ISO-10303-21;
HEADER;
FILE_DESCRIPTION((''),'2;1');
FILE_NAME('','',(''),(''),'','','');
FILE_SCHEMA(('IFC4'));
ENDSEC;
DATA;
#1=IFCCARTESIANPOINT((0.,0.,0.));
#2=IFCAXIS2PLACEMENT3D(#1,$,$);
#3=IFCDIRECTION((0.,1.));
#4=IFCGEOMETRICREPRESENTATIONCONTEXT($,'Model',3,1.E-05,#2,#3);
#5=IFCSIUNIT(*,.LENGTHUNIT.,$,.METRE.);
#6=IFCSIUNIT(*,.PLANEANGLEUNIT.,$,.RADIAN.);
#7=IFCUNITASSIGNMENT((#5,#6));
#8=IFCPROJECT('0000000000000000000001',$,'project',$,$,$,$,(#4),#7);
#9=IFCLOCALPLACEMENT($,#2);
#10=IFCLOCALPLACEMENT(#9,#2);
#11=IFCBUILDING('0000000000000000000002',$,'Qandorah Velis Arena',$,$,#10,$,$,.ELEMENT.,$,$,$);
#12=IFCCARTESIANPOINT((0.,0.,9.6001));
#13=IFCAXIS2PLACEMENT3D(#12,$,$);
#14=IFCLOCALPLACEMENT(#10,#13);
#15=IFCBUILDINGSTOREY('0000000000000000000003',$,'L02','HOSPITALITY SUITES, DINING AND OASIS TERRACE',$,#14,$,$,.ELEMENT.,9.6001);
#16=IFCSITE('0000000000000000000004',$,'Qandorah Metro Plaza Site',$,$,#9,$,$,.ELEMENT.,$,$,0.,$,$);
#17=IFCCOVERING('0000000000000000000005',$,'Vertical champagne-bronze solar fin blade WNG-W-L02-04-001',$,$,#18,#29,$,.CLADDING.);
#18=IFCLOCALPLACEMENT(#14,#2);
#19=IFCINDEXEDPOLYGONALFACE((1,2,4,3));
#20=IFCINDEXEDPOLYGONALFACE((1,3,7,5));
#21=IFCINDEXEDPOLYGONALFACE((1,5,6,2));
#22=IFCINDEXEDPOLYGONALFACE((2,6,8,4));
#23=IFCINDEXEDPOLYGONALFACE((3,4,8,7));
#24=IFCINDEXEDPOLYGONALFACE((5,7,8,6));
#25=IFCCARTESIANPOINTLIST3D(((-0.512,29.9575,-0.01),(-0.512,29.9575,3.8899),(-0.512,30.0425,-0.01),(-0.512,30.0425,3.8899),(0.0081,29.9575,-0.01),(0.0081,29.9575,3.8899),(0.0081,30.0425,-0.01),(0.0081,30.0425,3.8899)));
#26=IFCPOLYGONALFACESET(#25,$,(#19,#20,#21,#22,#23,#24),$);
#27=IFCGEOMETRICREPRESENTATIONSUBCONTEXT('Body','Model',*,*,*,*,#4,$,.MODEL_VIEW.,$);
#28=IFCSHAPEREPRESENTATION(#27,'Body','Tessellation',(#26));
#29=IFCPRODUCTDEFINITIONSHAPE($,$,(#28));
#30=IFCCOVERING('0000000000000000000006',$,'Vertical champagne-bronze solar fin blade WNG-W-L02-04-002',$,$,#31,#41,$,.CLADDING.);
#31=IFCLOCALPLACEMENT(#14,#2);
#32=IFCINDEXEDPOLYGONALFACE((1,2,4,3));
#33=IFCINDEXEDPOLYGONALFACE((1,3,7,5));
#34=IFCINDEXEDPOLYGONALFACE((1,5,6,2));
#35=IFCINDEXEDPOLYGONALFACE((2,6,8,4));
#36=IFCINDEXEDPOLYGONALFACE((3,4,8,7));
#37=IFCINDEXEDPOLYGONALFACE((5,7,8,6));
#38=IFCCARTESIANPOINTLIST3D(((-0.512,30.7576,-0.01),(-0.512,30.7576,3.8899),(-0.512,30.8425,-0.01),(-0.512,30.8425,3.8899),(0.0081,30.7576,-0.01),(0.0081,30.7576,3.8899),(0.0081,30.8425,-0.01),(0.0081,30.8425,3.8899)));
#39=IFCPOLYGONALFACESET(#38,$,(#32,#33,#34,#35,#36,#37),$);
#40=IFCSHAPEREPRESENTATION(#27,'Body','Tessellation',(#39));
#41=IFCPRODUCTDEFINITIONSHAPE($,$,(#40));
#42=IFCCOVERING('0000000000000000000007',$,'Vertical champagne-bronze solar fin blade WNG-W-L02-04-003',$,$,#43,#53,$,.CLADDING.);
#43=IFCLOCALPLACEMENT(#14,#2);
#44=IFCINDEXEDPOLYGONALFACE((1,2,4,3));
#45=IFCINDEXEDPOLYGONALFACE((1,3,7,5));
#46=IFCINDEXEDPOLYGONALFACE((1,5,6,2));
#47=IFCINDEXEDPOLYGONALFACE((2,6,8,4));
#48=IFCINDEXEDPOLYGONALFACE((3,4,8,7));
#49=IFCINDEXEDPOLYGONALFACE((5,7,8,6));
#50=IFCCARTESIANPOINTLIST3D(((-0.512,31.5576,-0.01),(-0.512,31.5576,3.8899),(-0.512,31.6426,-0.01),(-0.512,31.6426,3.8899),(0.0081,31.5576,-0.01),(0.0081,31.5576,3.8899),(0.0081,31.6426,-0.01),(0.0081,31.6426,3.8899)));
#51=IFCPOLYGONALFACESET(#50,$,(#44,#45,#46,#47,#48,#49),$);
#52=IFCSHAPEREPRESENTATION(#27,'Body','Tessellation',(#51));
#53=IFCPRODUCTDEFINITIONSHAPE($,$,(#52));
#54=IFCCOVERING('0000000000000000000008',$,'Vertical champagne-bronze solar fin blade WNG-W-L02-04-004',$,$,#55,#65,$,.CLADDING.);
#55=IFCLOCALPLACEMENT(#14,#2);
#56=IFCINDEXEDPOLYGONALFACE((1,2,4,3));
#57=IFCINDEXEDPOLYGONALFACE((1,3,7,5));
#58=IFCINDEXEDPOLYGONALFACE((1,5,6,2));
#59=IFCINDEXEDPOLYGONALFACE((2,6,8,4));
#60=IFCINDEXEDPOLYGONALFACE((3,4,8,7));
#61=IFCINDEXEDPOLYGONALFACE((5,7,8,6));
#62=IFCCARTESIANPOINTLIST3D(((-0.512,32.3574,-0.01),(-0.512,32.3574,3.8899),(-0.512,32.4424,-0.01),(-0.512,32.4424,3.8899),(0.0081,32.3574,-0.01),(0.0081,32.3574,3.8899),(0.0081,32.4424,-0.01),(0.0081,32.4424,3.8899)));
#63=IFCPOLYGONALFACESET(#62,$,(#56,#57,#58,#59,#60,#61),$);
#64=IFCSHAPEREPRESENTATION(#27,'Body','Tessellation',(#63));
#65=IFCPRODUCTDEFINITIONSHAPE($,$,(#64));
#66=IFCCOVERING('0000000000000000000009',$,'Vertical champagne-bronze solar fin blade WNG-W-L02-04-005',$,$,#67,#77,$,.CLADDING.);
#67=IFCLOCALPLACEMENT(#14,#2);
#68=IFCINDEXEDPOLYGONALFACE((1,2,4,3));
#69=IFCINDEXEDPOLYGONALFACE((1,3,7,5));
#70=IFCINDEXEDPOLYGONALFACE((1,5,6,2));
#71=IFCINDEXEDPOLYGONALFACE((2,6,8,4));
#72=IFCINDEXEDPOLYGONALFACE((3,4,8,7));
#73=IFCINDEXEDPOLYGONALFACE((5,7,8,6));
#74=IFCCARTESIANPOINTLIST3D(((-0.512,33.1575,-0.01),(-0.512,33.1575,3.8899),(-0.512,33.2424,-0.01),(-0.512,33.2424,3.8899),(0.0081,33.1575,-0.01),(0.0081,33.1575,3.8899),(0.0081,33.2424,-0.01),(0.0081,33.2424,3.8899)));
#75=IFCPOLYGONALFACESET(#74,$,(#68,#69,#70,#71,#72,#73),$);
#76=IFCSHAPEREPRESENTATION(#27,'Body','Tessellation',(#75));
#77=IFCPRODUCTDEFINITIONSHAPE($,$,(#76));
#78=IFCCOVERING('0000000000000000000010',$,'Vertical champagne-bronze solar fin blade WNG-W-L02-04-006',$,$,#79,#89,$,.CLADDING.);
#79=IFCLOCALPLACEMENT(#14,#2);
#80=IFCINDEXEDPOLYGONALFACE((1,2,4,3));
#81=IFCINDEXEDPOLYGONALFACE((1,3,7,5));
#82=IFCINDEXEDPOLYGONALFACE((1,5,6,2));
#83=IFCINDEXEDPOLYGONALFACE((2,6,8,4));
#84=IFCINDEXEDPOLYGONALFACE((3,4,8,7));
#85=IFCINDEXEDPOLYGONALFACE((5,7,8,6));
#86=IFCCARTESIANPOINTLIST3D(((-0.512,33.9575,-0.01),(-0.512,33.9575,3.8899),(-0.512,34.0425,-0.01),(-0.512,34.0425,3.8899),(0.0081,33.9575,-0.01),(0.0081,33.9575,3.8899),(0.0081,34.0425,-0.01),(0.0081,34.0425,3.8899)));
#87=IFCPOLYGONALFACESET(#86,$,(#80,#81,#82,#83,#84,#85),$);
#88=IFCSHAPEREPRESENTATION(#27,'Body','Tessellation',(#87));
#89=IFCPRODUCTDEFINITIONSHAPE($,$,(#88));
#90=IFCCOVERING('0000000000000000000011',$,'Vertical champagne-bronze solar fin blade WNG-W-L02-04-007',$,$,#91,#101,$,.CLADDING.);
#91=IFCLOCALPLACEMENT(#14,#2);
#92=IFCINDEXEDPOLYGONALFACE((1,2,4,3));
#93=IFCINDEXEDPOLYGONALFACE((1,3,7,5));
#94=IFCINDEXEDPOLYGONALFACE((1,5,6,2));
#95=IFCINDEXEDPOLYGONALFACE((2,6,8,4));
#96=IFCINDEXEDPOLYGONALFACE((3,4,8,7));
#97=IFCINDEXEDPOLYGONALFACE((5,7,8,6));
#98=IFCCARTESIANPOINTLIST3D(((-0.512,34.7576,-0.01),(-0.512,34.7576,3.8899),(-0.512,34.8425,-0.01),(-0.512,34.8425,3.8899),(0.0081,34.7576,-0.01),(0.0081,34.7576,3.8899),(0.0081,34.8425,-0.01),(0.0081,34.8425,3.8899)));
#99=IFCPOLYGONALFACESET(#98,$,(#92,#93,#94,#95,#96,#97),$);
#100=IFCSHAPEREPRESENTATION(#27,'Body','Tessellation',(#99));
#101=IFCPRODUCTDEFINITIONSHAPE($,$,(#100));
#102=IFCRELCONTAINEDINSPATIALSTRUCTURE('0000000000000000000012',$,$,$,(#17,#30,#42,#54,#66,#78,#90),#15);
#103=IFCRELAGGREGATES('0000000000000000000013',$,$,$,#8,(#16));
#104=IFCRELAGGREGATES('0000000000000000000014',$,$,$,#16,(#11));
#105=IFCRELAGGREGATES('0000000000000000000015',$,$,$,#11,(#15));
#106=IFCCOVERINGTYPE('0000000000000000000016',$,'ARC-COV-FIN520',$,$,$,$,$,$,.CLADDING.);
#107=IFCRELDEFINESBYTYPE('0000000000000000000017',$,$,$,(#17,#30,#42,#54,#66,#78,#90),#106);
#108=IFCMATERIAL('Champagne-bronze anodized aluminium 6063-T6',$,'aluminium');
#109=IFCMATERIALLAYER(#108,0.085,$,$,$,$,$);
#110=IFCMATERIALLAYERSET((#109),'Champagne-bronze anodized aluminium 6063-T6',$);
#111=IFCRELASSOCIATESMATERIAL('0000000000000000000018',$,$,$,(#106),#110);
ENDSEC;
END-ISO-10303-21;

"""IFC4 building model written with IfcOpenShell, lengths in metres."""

from ifc_helpers import new_model, si_unit, direction, frame, origin, origin_2d, place, context, subcontext, project, spatial, rectangle, extrude, material, layer, layer_set, type_object, element, save


model = new_model("IFC4")

# Units and contexts
model_context = context("Model", 3, precision=1e-05, world=origin(), true_north=direction((0.0, 1.0)))
body_context = subcontext(model_context, "Body", "Model", "MODEL_VIEW")
ifc_project = project(units=[si_unit("LENGTHUNIT", "METRE"), si_unit("PLANEANGLEUNIT", "RADIAN")], contexts=[model_context])

# Site, building, storey
site_placement = place(None, origin())
site = spatial("IfcSite", under=ifc_project, at=site_placement, Name="Qandorah Metro Plaza Site", CompositionType="ELEMENT", RefElevation=0.0)
building_placement = place(site_placement, origin())
building = spatial("IfcBuilding", under=site, at=building_placement, Name="Qandorah Velis Arena", CompositionType="ELEMENT")
storey_placement = place(building_placement, frame((0.0, 0.0, 9.6001)))
storey = spatial("IfcBuildingStorey", under=building, at=storey_placement, Name="L02", Description="HOSPITALITY SUITES, DINING AND OASIS TERRACE", CompositionType="ELEMENT", Elevation=9.6001)

# Shared definitions
ifc_material_1 = material(Name="Champagne-bronze anodized aluminium 6063-T6", Category="aluminium")

# Coverings
ifc_layer_1 = layer(ifc_material_1, 0.085)
ifc_layer_set_1 = layer_set([ifc_layer_1], Name="Champagne-bronze anodized aluminium 6063-T6")
covering_type = type_object("IfcCoveringType", Name="ARC-COV-FIN520", PredefinedType="CLADDING", material=ifc_layer_set_1)
for number, where, z_axis, x_axis, name in (
    (1, (-0.252, 30.0, -0.01), (0.0, 0.0, 1.0), (1.0, 0.0, 0.0), "Vertical champagne-bronze solar fin blade WNG-W-L02-04-001"),
    (2, (-0.252, 30.8, -0.01), (0.0, 0.0, 1.0), (1.0, 0.0, 0.0), "Vertical champagne-bronze solar fin blade WNG-W-L02-04-002"),
    (3, (-0.252, 31.6001, -0.01), (0.0, 0.0, 1.0), (1.0, 0.0, 0.0), "Vertical champagne-bronze solar fin blade WNG-W-L02-04-003"),
    (4, (-0.252, 32.3999, -0.01), (0.0, 0.0, 1.0), (1.0, 0.0, 0.0), "Vertical champagne-bronze solar fin blade WNG-W-L02-04-004"),
    (5, (-0.252, 33.2, -0.01), (0.0, 0.0, 1.0), (1.0, 0.0, 0.0), "Vertical champagne-bronze solar fin blade WNG-W-L02-04-005"),
    (6, (-0.252, 34.0, -0.01), (0.0, 0.0, 1.0), (1.0, 0.0, 0.0), "Vertical champagne-bronze solar fin blade WNG-W-L02-04-006"),
    (7, (-0.252, 34.8, -0.01), (0.0, 0.0, 1.0), (1.0, 0.0, 0.0), "Vertical champagne-bronze solar fin blade WNG-W-L02-04-007"),
):
    element("IfcCovering", number, at=place(storey_placement, frame(where, z_axis=z_axis, x_axis=x_axis)), inside=storey, type_object=covering_type, Name=name, PredefinedType="CLADDING", context=body_context, shape_type="SweptSolid", body=[
        extrude(rectangle(XDim=0.52, YDim=0.085, at=origin_2d()), origin(), (0.0, 0.0, 1.0), 3.8999),
    ])

save(model, "model.ifc")
